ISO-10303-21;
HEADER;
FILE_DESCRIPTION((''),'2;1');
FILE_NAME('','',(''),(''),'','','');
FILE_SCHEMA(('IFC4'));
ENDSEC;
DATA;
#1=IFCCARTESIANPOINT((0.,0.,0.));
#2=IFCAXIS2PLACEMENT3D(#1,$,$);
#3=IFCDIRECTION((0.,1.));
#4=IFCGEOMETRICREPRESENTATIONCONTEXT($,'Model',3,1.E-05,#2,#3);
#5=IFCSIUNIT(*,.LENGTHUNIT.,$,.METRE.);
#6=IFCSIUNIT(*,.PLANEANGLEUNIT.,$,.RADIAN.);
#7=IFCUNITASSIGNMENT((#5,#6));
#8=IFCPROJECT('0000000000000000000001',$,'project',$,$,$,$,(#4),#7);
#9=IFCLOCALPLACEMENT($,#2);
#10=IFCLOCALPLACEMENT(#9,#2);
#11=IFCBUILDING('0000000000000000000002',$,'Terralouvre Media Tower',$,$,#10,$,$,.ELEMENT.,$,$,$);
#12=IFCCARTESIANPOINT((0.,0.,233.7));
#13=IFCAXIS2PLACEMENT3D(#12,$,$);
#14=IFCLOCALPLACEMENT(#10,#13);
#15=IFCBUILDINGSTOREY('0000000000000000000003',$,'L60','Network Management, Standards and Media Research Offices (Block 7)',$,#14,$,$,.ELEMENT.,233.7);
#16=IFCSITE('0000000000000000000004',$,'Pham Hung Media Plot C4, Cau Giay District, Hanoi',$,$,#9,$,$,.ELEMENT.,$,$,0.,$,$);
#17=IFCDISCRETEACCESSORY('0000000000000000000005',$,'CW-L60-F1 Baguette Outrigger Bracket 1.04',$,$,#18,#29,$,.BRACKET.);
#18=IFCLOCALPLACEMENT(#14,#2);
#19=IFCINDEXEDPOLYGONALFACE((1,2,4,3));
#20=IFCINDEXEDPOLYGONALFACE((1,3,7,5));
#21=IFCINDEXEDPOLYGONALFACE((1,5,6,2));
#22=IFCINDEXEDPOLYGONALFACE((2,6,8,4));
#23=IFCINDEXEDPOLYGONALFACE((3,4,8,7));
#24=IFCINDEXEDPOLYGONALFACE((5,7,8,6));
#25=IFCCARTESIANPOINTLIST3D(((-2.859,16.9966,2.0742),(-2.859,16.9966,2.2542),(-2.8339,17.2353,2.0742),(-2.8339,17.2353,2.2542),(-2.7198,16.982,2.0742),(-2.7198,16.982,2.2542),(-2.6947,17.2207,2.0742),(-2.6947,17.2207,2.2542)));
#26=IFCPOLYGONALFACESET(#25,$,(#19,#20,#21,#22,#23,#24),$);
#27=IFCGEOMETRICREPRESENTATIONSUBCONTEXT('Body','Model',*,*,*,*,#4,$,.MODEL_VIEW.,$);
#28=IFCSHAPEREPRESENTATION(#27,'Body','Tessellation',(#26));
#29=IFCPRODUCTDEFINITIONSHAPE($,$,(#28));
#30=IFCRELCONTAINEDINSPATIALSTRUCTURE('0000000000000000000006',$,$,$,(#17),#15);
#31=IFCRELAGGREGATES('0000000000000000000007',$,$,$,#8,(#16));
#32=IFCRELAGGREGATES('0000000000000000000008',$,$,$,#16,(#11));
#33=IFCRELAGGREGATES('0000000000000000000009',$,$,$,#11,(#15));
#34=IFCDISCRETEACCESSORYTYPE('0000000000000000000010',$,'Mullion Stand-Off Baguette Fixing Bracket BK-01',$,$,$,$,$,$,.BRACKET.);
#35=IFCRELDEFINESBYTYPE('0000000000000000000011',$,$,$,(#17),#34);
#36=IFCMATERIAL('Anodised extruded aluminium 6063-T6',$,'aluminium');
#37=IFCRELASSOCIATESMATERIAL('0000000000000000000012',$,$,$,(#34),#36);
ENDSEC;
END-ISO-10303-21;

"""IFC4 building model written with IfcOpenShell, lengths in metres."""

from ifc_helpers import new_model, si_unit, direction, frame, origin, origin_2d, place, context, subcontext, project, spatial, rectangle, extrude, material, type_object, element, save


model = new_model("IFC4")

# Units and contexts
model_context = context("Model", 3, precision=1e-05, world=origin(), true_north=direction((0.0, 1.0)))
body_context = subcontext(model_context, "Body", "Model", "MODEL_VIEW")
ifc_project = project(units=[si_unit("LENGTHUNIT", "METRE"), si_unit("PLANEANGLEUNIT", "RADIAN")], contexts=[model_context])

# Site, building, storey
site_placement = place(None, origin())
site = spatial("IfcSite", under=ifc_project, at=site_placement, Name="Pham Hung Media Plot C4, Cau Giay District, Hanoi", CompositionType="ELEMENT", RefElevation=0.0)
building_placement = place(site_placement, origin())
building = spatial("IfcBuilding", under=site, at=building_placement, Name="Terralouvre Media Tower", CompositionType="ELEMENT")
storey_placement = place(building_placement, frame((0.0, 0.0, 233.7)))
storey = spatial("IfcBuildingStorey", under=building, at=storey_placement, Name="L60", Description="Network Management, Standards and Media Research Offices (Block 7)", CompositionType="ELEMENT", Elevation=233.7)

# Discrete accessory
ifc_material_1 = material(Name="Anodised extruded aluminium 6063-T6", Category="aluminium")
discrete_accessory_type = type_object("IfcDiscreteAccessoryType", Name="Mullion Stand-Off Baguette Fixing Bracket BK-01", PredefinedType="BRACKET", material=ifc_material_1)
discrete_accessory_placement = place(storey_placement, frame((-2.7769, 17.1086, 2.0742), z_axis=(0.0, 0.0, 1.0), x_axis=(-0.994522, 0.104529, 0.0)))
element("IfcDiscreteAccessory", 1, at=discrete_accessory_placement, inside=storey, type_object=discrete_accessory_type, Name="CW-L60-F1 Baguette Outrigger Bracket 1.04", PredefinedType="BRACKET", context=body_context, shape_type="SweptSolid", body=[
    extrude(rectangle(XDim=0.1399, YDim=0.24, at=origin_2d()), origin(), (0.0, 0.0, 1.0), 0.1799),
])

save(model, "model.ifc")
